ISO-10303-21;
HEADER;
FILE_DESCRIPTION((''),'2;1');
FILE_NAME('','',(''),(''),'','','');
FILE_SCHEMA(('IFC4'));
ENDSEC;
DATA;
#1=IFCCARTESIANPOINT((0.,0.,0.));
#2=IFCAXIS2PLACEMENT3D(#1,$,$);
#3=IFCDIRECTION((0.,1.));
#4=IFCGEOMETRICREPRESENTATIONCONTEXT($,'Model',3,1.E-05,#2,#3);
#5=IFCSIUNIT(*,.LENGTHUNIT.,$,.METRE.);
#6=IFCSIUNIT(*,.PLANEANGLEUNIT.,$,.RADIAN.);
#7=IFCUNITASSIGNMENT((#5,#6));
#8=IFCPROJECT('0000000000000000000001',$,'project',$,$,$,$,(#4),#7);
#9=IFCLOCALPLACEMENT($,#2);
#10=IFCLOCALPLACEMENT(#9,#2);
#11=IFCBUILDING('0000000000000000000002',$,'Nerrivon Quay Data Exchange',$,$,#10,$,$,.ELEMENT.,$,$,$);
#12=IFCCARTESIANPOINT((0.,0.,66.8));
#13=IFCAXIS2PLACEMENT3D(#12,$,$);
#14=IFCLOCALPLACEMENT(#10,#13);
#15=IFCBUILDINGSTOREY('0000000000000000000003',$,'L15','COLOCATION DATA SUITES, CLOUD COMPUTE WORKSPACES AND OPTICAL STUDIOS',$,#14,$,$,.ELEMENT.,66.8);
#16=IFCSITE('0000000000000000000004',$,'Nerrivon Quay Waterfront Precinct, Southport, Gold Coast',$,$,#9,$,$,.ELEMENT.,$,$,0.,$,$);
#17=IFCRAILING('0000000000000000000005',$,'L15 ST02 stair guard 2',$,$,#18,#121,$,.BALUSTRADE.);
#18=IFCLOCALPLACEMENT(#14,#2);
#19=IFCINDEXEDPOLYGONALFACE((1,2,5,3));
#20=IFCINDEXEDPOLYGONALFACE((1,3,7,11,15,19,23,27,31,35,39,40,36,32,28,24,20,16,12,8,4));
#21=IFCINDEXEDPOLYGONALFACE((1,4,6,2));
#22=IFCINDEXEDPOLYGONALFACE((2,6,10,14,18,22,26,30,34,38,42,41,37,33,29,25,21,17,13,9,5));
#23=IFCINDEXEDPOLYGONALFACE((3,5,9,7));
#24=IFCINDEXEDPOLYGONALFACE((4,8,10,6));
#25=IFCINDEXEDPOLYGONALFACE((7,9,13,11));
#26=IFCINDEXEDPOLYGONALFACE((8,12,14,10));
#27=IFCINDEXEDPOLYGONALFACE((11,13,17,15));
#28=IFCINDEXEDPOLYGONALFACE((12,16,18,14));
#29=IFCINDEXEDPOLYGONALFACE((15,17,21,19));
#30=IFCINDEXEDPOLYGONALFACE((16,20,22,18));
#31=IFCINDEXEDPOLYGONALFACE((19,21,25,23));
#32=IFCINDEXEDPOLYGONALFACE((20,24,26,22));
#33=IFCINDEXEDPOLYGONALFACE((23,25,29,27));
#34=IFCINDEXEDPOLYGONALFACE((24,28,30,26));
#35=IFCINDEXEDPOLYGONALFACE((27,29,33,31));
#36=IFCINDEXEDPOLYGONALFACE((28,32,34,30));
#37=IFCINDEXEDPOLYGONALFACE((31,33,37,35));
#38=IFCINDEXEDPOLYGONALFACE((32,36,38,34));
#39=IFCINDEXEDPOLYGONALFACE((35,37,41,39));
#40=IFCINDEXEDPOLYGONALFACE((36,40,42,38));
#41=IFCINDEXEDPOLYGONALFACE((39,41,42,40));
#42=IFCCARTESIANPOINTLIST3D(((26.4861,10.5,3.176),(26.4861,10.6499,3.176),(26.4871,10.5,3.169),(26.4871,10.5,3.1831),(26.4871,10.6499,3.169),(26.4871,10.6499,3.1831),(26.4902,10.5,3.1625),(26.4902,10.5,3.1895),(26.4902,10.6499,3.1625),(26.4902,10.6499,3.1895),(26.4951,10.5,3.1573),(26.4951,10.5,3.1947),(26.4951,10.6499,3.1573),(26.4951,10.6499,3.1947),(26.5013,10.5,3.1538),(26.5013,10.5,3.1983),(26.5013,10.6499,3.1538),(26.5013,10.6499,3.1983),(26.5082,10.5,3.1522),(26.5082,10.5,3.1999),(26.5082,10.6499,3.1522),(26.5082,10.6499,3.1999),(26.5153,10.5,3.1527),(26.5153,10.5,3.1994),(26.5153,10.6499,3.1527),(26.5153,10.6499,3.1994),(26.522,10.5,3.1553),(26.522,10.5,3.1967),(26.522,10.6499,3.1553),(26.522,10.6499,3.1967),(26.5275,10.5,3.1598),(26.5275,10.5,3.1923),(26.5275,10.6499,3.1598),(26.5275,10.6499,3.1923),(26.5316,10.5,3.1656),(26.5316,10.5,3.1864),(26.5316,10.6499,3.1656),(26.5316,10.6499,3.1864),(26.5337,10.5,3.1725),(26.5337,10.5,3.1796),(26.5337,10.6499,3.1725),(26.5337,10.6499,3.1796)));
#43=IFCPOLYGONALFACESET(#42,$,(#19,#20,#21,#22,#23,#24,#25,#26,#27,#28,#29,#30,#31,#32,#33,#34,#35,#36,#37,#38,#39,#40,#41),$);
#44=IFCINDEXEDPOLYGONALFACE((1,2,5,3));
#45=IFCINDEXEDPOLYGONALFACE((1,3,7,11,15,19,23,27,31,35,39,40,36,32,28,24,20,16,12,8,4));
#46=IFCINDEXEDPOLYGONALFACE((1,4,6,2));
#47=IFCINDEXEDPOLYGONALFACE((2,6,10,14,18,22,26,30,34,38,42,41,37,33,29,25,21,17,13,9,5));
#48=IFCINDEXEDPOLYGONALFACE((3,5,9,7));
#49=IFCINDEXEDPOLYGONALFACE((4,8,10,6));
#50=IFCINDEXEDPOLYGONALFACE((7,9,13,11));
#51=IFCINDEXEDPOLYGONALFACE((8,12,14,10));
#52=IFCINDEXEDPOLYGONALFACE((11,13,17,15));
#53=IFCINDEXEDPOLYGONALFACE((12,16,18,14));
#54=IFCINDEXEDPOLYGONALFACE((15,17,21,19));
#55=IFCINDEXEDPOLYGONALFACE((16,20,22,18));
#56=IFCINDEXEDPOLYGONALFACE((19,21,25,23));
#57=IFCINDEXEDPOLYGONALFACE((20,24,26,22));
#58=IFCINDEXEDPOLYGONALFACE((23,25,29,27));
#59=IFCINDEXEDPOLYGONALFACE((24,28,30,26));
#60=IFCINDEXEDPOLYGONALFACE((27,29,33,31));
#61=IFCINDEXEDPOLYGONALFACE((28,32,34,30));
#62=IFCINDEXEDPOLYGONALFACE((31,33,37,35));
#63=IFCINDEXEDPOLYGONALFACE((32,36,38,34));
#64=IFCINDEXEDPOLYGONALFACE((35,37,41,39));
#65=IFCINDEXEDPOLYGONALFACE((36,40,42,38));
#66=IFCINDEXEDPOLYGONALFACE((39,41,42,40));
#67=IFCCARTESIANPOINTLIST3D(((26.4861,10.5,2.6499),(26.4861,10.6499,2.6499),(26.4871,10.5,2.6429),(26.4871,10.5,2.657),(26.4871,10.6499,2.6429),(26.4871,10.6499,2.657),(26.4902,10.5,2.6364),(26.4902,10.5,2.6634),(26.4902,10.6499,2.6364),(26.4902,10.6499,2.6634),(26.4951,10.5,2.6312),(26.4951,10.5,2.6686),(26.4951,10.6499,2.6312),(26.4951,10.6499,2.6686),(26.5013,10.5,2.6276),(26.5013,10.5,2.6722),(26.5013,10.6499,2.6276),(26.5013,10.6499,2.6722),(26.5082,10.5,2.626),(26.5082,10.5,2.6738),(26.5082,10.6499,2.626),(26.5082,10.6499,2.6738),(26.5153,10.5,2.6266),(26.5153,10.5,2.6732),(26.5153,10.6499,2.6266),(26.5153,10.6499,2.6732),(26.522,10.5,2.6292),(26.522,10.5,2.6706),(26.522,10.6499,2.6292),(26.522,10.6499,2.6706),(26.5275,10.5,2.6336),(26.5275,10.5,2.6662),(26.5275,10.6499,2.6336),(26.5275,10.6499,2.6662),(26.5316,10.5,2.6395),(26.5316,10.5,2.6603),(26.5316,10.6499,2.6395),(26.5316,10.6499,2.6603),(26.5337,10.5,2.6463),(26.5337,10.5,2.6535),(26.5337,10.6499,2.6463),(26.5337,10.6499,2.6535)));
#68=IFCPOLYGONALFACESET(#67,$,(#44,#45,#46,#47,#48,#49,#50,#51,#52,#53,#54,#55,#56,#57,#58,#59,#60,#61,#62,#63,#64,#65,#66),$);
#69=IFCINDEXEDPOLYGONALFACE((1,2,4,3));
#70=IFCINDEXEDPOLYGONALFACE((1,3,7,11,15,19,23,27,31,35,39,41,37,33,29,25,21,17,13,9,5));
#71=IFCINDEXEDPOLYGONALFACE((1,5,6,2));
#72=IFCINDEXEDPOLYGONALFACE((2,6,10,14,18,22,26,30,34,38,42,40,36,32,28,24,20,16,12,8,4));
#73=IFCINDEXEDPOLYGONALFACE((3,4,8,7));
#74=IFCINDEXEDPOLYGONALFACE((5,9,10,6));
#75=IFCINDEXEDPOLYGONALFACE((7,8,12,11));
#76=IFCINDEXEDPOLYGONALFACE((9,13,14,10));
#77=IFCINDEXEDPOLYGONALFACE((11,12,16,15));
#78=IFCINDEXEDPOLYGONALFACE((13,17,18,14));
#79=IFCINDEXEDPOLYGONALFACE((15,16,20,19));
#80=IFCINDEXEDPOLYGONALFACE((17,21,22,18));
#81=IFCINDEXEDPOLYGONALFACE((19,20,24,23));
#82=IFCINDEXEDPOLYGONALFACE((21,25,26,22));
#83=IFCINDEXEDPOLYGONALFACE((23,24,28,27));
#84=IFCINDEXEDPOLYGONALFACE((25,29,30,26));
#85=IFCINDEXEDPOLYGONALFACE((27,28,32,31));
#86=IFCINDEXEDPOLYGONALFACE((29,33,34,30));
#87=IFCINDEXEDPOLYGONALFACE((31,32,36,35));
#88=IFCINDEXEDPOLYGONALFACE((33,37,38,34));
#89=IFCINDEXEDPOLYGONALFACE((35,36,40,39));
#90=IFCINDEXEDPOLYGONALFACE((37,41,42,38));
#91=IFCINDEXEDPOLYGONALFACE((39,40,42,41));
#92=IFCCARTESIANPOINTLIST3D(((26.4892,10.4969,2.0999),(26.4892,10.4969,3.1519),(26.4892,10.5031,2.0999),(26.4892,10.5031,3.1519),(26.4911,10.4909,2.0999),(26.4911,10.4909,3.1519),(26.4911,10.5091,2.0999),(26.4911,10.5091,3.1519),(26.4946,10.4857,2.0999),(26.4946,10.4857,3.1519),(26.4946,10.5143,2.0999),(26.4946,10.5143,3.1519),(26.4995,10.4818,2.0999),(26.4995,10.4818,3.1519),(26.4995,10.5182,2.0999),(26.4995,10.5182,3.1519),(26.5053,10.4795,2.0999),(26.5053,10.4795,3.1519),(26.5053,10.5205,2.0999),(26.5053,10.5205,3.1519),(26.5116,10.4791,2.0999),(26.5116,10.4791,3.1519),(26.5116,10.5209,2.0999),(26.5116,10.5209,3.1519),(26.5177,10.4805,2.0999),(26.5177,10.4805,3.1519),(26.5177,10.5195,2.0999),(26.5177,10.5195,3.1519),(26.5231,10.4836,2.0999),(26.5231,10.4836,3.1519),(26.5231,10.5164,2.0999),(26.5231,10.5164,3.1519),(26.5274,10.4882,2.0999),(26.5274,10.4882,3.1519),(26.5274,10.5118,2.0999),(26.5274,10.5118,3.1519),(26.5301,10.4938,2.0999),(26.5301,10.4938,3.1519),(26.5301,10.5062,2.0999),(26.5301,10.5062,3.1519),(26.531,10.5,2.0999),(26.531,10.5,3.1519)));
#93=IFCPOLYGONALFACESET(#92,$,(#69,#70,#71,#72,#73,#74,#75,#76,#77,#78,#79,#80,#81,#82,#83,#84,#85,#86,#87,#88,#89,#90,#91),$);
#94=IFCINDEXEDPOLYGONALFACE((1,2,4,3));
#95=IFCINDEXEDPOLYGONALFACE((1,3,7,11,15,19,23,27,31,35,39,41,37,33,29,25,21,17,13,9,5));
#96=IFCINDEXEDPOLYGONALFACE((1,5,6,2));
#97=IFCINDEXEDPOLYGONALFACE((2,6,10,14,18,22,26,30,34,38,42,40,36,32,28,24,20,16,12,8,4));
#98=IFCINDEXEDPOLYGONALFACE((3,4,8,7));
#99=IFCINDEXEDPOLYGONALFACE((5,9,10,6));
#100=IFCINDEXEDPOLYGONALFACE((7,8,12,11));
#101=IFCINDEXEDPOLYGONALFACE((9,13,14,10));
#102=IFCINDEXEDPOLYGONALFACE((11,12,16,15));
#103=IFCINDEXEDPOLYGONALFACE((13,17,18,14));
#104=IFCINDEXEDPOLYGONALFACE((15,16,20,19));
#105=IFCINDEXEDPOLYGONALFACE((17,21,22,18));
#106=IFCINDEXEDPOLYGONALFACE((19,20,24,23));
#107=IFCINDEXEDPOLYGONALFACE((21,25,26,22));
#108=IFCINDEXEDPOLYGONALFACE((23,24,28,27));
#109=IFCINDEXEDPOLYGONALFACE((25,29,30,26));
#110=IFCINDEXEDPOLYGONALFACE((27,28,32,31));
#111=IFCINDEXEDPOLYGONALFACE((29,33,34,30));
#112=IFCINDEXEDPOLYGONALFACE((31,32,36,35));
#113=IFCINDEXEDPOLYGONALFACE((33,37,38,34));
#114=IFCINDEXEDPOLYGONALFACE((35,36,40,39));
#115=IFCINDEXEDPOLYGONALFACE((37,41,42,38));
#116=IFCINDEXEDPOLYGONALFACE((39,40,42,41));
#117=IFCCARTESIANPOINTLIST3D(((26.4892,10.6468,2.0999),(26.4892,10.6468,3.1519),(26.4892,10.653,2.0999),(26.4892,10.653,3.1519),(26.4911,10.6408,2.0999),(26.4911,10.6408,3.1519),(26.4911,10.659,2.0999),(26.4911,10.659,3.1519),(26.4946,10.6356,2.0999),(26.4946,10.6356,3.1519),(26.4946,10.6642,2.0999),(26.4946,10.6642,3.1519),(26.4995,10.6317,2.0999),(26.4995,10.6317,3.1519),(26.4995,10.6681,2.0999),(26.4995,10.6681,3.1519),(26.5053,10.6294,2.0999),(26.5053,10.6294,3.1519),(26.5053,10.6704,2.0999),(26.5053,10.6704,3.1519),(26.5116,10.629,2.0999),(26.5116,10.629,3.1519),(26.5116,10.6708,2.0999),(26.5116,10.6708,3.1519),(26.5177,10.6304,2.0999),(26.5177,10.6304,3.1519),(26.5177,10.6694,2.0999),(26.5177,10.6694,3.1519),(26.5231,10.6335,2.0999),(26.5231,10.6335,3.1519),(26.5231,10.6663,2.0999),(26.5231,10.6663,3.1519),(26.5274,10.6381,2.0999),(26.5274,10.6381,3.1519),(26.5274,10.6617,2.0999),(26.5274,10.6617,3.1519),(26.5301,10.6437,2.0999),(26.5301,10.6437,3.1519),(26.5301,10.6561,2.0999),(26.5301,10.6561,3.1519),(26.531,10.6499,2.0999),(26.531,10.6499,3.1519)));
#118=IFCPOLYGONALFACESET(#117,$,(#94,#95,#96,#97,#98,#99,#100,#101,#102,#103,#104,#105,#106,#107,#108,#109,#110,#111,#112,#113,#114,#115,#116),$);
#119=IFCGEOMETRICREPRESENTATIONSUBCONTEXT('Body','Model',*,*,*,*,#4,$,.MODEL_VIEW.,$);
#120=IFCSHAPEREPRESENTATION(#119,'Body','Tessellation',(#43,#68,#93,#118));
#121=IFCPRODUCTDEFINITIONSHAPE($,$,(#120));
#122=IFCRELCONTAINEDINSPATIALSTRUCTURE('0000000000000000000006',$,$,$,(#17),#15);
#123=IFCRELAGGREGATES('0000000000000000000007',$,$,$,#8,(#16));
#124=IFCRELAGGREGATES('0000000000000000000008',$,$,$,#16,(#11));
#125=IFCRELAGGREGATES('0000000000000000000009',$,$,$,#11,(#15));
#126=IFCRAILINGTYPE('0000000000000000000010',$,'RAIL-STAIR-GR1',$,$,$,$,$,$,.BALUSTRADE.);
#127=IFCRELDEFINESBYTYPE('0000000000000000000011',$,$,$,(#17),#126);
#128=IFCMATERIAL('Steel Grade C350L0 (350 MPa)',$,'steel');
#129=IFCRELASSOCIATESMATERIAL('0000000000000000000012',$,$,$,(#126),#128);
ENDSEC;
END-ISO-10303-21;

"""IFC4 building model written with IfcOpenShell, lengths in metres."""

from ifc_helpers import new_model, si_unit, direction, frame, origin, origin_2d, place, context, subcontext, project, spatial, circle, extrude, material, type_object, element, save


model = new_model("IFC4")

# Units and contexts
model_context = context("Model", 3, precision=1e-05, world=origin(), true_north=direction((0.0, 1.0)))
body_context = subcontext(model_context, "Body", "Model", "MODEL_VIEW")
ifc_project = project(units=[si_unit("LENGTHUNIT", "METRE"), si_unit("PLANEANGLEUNIT", "RADIAN")], contexts=[model_context])

# Site, building, storey
site_placement = place(None, origin())
site = spatial("IfcSite", under=ifc_project, at=site_placement, Name="Nerrivon Quay Waterfront Precinct, Southport, Gold Coast", CompositionType="ELEMENT", RefElevation=0.0)
building_placement = place(site_placement, origin())
building = spatial("IfcBuilding", under=site, at=building_placement, Name="Nerrivon Quay Data Exchange", CompositionType="ELEMENT")
storey_placement = place(building_placement, frame((0.0, 0.0, 66.8)))
storey = spatial("IfcBuildingStorey", under=building, at=storey_placement, Name="L15", Description="COLOCATION DATA SUITES, CLOUD COMPUTE WORKSPACES AND OPTICAL STUDIOS", CompositionType="ELEMENT", Elevation=66.8)

# Railing
ifc_material_1 = material(Name="Steel Grade C350L0 (350 MPa)", Category="steel")
railing_type_1 = type_object("IfcRailingType", Name="RAIL-STAIR-GR1", PredefinedType="BALUSTRADE", material=ifc_material_1)
railing_1_placement = place(storey_placement, frame((26.51, 10.5, 2.0999)))
element("IfcRailing", 1, at=railing_1_placement, inside=storey, type_object=railing_type_1, Name="L15 ST02 stair guard 2", PredefinedType="BALUSTRADE", context=body_context, shape_type="SweptSolid", body=[
    extrude(circle(Radius=0.0239, at=origin_2d()), frame((0.0, 0.0, 1.0762), z_axis=(0.0, 1.0, 0.0), x_axis=(-1.0, 0.0, 0.0)), (0.0, 0.0, 1.0), 0.1499),
    extrude(circle(Radius=0.0239, at=origin_2d()), frame((0.0, 0.0, 0.55), z_axis=(0.0, 1.0, 0.0), x_axis=(-1.0, 0.0, 0.0)), (0.0, 0.0, 1.0), 0.1499),
    extrude(circle(Radius=0.021, at=origin_2d()), origin(), (0.0, 0.0, 1.0), 1.052),
    extrude(circle(Radius=0.021, at=origin_2d()), frame((0.0, 0.1499, 0.0)), (0.0, 0.0, 1.0), 1.052),
])

save(model, "model.ifc")
